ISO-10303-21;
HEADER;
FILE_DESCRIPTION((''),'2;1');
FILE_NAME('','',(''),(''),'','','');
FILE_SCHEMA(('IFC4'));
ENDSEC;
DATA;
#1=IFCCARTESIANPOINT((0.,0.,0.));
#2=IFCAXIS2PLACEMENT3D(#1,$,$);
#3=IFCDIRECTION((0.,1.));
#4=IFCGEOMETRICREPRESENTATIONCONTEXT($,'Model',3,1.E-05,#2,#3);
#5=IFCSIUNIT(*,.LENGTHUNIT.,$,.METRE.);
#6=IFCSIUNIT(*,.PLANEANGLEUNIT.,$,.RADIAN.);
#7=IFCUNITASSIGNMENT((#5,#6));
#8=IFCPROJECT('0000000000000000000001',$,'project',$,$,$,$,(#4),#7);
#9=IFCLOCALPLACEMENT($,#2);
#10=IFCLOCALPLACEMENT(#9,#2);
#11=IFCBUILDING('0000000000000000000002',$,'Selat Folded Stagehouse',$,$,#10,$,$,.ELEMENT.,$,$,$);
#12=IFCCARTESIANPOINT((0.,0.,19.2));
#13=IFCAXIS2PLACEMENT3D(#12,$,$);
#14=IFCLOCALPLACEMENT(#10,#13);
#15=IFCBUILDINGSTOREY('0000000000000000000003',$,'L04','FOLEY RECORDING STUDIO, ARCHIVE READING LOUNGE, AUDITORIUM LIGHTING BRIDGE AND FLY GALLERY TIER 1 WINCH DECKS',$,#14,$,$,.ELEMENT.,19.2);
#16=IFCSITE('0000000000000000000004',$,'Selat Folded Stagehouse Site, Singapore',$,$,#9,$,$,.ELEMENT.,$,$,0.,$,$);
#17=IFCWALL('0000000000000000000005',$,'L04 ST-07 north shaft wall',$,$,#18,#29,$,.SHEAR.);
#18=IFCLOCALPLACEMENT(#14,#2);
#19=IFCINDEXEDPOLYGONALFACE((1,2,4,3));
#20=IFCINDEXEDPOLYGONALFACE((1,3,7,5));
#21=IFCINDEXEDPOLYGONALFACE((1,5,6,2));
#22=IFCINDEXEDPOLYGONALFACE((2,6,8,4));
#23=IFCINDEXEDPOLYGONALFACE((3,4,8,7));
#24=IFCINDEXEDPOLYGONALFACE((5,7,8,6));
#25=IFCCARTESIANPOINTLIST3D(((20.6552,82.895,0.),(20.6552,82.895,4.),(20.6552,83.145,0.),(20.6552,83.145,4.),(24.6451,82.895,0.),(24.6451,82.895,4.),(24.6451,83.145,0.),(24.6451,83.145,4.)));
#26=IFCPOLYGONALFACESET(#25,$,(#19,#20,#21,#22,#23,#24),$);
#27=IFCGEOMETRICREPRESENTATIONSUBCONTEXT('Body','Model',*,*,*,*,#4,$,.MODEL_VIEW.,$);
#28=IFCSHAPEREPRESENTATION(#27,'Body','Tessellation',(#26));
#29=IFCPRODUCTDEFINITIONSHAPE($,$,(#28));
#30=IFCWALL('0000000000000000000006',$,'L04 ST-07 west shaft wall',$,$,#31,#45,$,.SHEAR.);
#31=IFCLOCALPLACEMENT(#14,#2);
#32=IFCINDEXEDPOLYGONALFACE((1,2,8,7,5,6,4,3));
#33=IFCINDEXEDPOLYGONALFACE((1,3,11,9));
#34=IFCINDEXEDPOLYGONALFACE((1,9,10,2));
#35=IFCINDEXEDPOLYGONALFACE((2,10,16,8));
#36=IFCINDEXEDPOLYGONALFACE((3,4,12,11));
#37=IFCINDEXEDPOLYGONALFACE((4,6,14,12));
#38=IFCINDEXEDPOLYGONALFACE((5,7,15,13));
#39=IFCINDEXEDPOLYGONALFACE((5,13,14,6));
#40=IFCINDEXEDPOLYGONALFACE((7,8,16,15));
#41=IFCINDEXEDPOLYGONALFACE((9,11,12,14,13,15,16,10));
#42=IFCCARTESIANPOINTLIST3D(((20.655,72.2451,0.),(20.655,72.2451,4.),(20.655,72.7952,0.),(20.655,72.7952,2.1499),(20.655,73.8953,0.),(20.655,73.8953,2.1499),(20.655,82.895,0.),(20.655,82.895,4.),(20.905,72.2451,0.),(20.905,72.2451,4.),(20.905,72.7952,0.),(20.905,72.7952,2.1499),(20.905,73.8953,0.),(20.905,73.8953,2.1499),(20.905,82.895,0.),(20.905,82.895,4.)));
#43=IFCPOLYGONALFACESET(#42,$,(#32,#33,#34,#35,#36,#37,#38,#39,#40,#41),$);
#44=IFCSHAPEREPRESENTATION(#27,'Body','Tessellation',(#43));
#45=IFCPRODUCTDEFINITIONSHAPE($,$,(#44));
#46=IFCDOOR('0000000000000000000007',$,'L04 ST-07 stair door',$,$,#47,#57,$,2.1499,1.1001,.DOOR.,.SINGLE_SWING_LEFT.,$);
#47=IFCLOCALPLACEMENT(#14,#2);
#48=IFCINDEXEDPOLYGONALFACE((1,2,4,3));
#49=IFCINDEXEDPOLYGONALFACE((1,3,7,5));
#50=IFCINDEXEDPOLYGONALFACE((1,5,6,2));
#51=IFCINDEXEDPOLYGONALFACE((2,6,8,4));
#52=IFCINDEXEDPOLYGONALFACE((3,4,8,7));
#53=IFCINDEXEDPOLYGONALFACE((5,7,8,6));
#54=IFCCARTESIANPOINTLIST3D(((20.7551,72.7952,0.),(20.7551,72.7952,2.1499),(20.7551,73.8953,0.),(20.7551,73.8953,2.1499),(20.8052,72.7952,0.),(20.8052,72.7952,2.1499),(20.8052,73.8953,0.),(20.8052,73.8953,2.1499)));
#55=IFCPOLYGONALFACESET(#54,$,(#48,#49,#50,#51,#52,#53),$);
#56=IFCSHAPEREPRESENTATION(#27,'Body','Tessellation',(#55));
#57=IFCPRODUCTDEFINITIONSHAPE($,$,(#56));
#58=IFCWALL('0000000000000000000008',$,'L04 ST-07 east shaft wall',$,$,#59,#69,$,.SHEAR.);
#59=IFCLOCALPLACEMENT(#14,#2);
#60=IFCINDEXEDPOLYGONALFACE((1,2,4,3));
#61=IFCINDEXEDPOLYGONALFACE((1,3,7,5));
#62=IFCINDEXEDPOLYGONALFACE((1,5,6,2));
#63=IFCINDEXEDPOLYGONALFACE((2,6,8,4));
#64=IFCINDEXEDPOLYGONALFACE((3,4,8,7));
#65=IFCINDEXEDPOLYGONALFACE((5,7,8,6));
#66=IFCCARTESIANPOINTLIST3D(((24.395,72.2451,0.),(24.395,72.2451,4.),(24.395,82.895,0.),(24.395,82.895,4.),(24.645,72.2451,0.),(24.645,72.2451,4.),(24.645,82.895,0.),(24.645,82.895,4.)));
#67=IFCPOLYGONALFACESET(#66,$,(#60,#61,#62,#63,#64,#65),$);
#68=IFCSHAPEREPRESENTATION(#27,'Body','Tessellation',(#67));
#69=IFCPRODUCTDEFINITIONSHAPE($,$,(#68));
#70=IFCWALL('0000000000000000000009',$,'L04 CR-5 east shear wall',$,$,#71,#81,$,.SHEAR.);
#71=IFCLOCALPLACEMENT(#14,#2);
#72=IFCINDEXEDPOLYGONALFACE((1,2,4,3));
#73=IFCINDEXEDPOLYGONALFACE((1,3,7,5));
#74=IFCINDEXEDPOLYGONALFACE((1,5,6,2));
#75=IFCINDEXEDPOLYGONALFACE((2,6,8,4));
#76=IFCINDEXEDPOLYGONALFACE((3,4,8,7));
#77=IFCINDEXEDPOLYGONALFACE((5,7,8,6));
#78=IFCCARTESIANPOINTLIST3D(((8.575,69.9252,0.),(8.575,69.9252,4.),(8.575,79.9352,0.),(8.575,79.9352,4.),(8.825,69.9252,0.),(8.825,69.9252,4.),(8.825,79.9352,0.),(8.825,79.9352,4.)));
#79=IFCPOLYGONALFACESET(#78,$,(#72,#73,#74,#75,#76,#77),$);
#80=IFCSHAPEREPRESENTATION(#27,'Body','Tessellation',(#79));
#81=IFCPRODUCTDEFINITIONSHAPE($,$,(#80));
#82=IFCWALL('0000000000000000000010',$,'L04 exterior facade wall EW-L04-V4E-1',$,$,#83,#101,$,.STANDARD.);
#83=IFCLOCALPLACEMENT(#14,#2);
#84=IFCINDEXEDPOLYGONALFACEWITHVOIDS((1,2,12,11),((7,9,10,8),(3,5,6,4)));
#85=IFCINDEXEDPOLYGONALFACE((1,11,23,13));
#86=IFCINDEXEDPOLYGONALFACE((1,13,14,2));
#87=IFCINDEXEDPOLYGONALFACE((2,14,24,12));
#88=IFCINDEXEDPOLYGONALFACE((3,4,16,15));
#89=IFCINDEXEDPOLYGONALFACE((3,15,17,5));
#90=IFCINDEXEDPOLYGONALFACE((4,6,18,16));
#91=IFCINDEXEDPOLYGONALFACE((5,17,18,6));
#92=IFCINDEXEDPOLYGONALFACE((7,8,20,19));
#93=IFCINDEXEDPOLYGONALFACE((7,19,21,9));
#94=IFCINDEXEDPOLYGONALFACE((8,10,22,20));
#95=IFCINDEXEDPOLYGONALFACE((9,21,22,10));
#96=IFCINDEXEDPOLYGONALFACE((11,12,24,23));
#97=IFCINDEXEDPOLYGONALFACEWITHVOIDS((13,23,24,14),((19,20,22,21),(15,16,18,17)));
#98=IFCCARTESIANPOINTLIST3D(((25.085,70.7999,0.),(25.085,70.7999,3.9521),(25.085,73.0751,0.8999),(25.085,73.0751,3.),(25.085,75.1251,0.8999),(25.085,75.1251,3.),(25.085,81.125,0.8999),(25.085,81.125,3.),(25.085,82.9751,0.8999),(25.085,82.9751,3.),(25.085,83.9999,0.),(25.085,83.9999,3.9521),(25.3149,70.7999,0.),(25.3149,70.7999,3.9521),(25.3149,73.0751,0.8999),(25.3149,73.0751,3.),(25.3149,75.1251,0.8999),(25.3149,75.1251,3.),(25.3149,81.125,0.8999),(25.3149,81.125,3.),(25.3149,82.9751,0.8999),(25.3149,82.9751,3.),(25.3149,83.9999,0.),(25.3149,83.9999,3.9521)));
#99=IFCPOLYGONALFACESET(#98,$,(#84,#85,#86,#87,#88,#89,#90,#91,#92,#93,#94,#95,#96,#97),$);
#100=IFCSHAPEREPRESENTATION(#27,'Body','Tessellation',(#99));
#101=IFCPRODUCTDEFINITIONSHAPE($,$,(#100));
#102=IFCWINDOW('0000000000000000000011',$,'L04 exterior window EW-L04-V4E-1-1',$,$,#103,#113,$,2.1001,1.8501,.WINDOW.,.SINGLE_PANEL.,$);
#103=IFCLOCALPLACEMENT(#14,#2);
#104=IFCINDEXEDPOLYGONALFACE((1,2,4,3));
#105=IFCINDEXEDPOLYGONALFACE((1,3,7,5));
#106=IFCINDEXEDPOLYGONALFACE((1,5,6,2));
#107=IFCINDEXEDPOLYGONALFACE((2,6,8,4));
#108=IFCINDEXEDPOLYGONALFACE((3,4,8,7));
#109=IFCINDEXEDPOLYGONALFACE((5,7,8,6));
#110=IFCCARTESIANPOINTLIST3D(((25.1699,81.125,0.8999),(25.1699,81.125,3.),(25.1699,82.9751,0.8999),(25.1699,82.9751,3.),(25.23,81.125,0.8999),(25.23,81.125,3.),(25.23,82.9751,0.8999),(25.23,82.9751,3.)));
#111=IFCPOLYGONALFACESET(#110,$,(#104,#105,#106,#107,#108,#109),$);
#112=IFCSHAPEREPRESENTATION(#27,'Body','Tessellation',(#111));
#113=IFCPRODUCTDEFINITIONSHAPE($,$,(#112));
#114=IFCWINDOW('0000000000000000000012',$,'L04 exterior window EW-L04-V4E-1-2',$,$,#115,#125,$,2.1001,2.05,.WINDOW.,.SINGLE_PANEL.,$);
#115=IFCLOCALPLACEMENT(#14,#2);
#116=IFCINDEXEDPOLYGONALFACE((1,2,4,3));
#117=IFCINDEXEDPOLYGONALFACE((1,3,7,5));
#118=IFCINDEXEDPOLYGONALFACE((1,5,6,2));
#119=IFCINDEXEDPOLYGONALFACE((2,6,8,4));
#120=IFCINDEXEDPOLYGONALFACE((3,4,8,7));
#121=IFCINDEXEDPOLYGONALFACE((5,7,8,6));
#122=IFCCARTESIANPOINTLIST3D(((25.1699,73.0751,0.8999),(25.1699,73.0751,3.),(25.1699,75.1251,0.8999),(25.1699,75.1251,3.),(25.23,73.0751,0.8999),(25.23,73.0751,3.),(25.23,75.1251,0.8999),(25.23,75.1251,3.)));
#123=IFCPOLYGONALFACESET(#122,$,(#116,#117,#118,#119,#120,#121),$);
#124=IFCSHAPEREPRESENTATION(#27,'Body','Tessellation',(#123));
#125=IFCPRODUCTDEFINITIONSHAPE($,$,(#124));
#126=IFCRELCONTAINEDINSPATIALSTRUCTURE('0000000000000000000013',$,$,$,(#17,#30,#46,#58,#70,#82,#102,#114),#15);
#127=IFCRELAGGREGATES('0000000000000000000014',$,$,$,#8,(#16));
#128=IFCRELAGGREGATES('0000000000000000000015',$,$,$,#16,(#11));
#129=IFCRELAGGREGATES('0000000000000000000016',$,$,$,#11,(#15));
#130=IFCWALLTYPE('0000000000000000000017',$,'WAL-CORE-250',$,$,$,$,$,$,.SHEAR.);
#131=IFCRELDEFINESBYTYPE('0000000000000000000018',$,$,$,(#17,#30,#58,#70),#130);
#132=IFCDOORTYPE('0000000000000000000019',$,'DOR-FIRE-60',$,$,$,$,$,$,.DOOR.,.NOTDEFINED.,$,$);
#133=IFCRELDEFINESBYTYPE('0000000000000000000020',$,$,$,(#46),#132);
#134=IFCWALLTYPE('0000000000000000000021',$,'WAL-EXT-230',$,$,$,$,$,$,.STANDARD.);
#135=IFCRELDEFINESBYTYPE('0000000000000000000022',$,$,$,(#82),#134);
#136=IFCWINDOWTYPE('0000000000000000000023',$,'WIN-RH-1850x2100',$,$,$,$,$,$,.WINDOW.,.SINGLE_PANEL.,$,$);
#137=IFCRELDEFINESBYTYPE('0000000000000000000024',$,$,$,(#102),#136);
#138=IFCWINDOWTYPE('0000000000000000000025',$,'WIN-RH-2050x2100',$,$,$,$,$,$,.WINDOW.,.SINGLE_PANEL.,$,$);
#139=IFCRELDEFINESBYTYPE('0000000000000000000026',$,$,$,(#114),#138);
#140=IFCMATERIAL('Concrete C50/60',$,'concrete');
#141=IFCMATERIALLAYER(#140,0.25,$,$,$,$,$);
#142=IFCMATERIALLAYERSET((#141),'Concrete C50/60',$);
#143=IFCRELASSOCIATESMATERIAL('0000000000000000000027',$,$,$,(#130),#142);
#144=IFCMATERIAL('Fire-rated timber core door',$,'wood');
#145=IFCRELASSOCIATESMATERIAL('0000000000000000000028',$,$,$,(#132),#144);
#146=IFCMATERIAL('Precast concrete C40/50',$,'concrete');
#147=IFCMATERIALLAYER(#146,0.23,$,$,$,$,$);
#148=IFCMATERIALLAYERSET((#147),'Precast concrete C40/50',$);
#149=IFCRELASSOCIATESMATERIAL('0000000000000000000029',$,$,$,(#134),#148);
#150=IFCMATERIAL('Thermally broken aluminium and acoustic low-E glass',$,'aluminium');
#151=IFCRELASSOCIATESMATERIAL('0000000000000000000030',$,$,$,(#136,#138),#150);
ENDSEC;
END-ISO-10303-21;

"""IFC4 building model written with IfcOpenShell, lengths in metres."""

from ifc_helpers import new_model, si_unit, direction, frame, frame_2d, origin, place, context, subcontext, project, spatial, rectangle, extrude, material, layer, layer_set, type_object, element, fill, save


model = new_model("IFC4")

# Units and contexts
model_context = context("Model", 3, precision=1e-05, world=origin(), true_north=direction((0.0, 1.0)))
body_context = subcontext(model_context, "Body", "Model", "MODEL_VIEW")
ifc_project = project(units=[si_unit("LENGTHUNIT", "METRE"), si_unit("PLANEANGLEUNIT", "RADIAN")], contexts=[model_context])

# Site, building, storey
site_placement = place(None, origin())
site = spatial("IfcSite", under=ifc_project, at=site_placement, Name="Selat Folded Stagehouse Site, Singapore", CompositionType="ELEMENT", RefElevation=0.0)
building_placement = place(site_placement, origin())
building = spatial("IfcBuilding", under=site, at=building_placement, Name="Selat Folded Stagehouse", CompositionType="ELEMENT")
storey_placement = place(building_placement, frame((0.0, 0.0, 19.2)))
storey = spatial("IfcBuildingStorey", under=building, at=storey_placement, Name="L04", Description="FOLEY RECORDING STUDIO, ARCHIVE READING LOUNGE, AUDITORIUM LIGHTING BRIDGE AND FLY GALLERY TIER 1 WINCH DECKS", CompositionType="ELEMENT", Elevation=19.2)

# Wall
ifc_material_1 = material(Name="Concrete C50/60", Category="concrete")
ifc_layer_1 = layer(ifc_material_1, 0.25)
ifc_layer_set_1 = layer_set([ifc_layer_1], Name="Concrete C50/60")
wall_type_1 = type_object("IfcWallType", Name="WAL-CORE-250", PredefinedType="SHEAR", material=ifc_layer_set_1)
for number, where, z_axis, x_axis, name in (
    (1, (20.655, 83.02, 0.0), (0.0, 0.0, 1.0), (1.0, 0.0, 0.0), "L04 ST-07 north shaft wall"),
):
    element("IfcWall", number, at=place(storey_placement, frame(where, z_axis=z_axis, x_axis=x_axis)), inside=storey, type_object=wall_type_1, Name=name, PredefinedType="SHEAR", context=body_context, shape_type="SweptSolid", body=[
        extrude(rectangle(XDim=3.99, YDim=0.25, at=frame_2d((1.9951, 0.0))), origin(), (0.0, 0.0, 1.0), 4.0),
    ])

# Wall, opening, door
wall_1_placement = place(storey_placement, frame((20.78, 72.2451, 0.0), z_axis=(0.0, 0.0, 1.0), x_axis=(0.0, 1.0, 0.0)))
wall_1 = element("IfcWall", 2, at=wall_1_placement, inside=storey, type_object=wall_type_1, Name="L04 ST-07 west shaft wall", PredefinedType="SHEAR", context=body_context, shape_type="SweptSolid", body=[
    extrude(rectangle(XDim=10.6499, YDim=0.25, at=frame_2d((5.325, 0.0))), origin(), (0.0, 0.0, 1.0), 4.0),
])
opening_1_placement = place(wall_1_placement, frame((0.55, 0.0, 0.0)))
opening_1 = element("IfcOpeningElement", 3, at=opening_1_placement, cuts=wall_1, PredefinedType="OPENING", context=body_context, shape_type="SweptSolid", body=[
    extrude(rectangle(XDim=1.1001, YDim=2.1499, at=frame_2d((0.55, 1.075))), frame((0.0, 0.135, 0.0), z_axis=(0.0, -1.0, 0.0), x_axis=(1.0, 0.0, 0.0)), (0.0, 0.0, 1.0), 0.27),
])
ifc_material_2 = material(Name="Fire-rated timber core door", Category="wood")
door_type_1 = type_object("IfcDoorType", Name="DOR-FIRE-60", OperationType="NOTDEFINED", PredefinedType="DOOR", material=ifc_material_2)
door_1_placement = place(opening_1_placement, origin())
door_1 = element("IfcDoor", 4, at=door_1_placement, inside=storey, type_object=door_type_1, Name="L04 ST-07 stair door", OperationType="SINGLE_SWING_LEFT", OverallHeight=2.1499, OverallWidth=1.1001, PredefinedType="DOOR", context=body_context, shape_type="SweptSolid", body=[
    extrude(rectangle(XDim=1.1001, YDim=2.1499, at=frame_2d((0.55, 1.075))), frame((0.0, 0.0249, 0.0), z_axis=(0.0, -1.0, 0.0), x_axis=(1.0, 0.0, 0.0)), (0.0, 0.0, 1.0), 0.05),
])
fill(opening_1, door_1)

# Walls
wall_2_placement = place(storey_placement, frame((24.52, 82.895, 0.0), z_axis=(0.0, 0.0, 1.0), x_axis=(0.0, -1.0, 0.0)))
element("IfcWall", 5, at=wall_2_placement, inside=storey, type_object=wall_type_1, Name="L04 ST-07 east shaft wall", PredefinedType="SHEAR", context=body_context, shape_type="SweptSolid", body=[
    extrude(rectangle(XDim=10.6499, YDim=0.25, at=frame_2d((5.325, 0.0))), origin(), (0.0, 0.0, 1.0), 4.0),
])
wall_3_placement = place(storey_placement, frame((8.7, 79.9351, 0.0), z_axis=(0.0, 0.0, 1.0), x_axis=(0.0, -1.0, 0.0)))
element("IfcWall", 6, at=wall_3_placement, inside=storey, type_object=wall_type_1, Name="L04 CR-5 east shear wall", PredefinedType="SHEAR", context=body_context, shape_type="SweptSolid", body=[
    extrude(rectangle(XDim=10.01, YDim=0.25, at=frame_2d((5.0049, 0.0))), origin(), (0.0, 0.0, 1.0), 4.0),
])

# Wall, openings, windows
ifc_material_3 = material(Name="Precast concrete C40/50", Category="concrete")
ifc_layer_2 = layer(ifc_material_3, 0.23)
ifc_layer_set_2 = layer_set([ifc_layer_2], Name="Precast concrete C40/50")
wall_type_2 = type_object("IfcWallType", Name="WAL-EXT-230", PredefinedType="STANDARD", material=ifc_layer_set_2)
wall_4_placement = place(storey_placement, frame((25.2, 84.0, 0.0), z_axis=(0.0, 0.0, 1.0), x_axis=(0.0, -1.0, 0.0)))
wall_4 = element("IfcWall", 7, at=wall_4_placement, inside=storey, type_object=wall_type_2, Name="L04 exterior facade wall EW-L04-V4E-1", PredefinedType="STANDARD", context=body_context, shape_type="SweptSolid", body=[
    extrude(rectangle(XDim=13.2, YDim=0.23, at=frame_2d((6.6001, 0.0))), origin(), (0.0, 0.0, 1.0), 3.9521),
])
opening_2_placement = place(wall_4_placement, frame((1.0249, 0.0, 0.8999)))
opening_2 = element("IfcOpeningElement", 8, at=opening_2_placement, cuts=wall_4, PredefinedType="OPENING", context=body_context, shape_type="SweptSolid", body=[
    extrude(rectangle(XDim=1.8501, YDim=2.1001, at=frame_2d((0.925, 1.05))), frame((0.0, 0.125, 0.0), z_axis=(0.0, -1.0, 0.0), x_axis=(1.0, 0.0, 0.0)), (0.0, 0.0, 1.0), 0.25),
])
opening_3_placement = place(wall_4_placement, frame((8.875, 0.0, 0.8999)))
opening_3 = element("IfcOpeningElement", 9, at=opening_3_placement, cuts=wall_4, PredefinedType="OPENING", context=body_context, shape_type="SweptSolid", body=[
    extrude(rectangle(XDim=2.05, YDim=2.1001, at=frame_2d((1.0249, 1.05))), frame((0.0, 0.125, 0.0), z_axis=(0.0, -1.0, 0.0), x_axis=(1.0, 0.0, 0.0)), (0.0, 0.0, 1.0), 0.25),
])
ifc_material_4 = material(Name="Thermally broken aluminium and acoustic low-E glass", Category="aluminium")
window_type_1 = type_object("IfcWindowType", Name="WIN-RH-1850x2100", PartitioningType="SINGLE_PANEL", PredefinedType="WINDOW", material=ifc_material_4)
window_1_placement = place(opening_2_placement, origin())
window_1 = element("IfcWindow", 10, at=window_1_placement, inside=storey, type_object=window_type_1, Name="L04 exterior window EW-L04-V4E-1-1", OverallHeight=2.1001, OverallWidth=1.8501, PartitioningType="SINGLE_PANEL", PredefinedType="WINDOW", context=body_context, shape_type="SweptSolid", body=[
    extrude(rectangle(XDim=1.8501, YDim=2.1001, at=frame_2d((0.925, 1.05))), frame((0.0, 0.03, 0.0), z_axis=(0.0, -1.0, 0.0), x_axis=(1.0, 0.0, 0.0)), (0.0, 0.0, 1.0), 0.0601),
])
fill(opening_2, window_1)
window_type_2 = type_object("IfcWindowType", Name="WIN-RH-2050x2100", PartitioningType="SINGLE_PANEL", PredefinedType="WINDOW", material=ifc_material_4)
window_2_placement = place(opening_3_placement, origin())
window_2 = element("IfcWindow", 11, at=window_2_placement, inside=storey, type_object=window_type_2, Name="L04 exterior window EW-L04-V4E-1-2", OverallHeight=2.1001, OverallWidth=2.05, PartitioningType="SINGLE_PANEL", PredefinedType="WINDOW", context=body_context, shape_type="SweptSolid", body=[
    extrude(rectangle(XDim=2.05, YDim=2.1001, at=frame_2d((1.0249, 1.05))), frame((0.0, 0.03, 0.0), z_axis=(0.0, -1.0, 0.0), x_axis=(1.0, 0.0, 0.0)), (0.0, 0.0, 1.0), 0.0601),
])
fill(opening_3, window_2)

save(model, "model.ifc")
